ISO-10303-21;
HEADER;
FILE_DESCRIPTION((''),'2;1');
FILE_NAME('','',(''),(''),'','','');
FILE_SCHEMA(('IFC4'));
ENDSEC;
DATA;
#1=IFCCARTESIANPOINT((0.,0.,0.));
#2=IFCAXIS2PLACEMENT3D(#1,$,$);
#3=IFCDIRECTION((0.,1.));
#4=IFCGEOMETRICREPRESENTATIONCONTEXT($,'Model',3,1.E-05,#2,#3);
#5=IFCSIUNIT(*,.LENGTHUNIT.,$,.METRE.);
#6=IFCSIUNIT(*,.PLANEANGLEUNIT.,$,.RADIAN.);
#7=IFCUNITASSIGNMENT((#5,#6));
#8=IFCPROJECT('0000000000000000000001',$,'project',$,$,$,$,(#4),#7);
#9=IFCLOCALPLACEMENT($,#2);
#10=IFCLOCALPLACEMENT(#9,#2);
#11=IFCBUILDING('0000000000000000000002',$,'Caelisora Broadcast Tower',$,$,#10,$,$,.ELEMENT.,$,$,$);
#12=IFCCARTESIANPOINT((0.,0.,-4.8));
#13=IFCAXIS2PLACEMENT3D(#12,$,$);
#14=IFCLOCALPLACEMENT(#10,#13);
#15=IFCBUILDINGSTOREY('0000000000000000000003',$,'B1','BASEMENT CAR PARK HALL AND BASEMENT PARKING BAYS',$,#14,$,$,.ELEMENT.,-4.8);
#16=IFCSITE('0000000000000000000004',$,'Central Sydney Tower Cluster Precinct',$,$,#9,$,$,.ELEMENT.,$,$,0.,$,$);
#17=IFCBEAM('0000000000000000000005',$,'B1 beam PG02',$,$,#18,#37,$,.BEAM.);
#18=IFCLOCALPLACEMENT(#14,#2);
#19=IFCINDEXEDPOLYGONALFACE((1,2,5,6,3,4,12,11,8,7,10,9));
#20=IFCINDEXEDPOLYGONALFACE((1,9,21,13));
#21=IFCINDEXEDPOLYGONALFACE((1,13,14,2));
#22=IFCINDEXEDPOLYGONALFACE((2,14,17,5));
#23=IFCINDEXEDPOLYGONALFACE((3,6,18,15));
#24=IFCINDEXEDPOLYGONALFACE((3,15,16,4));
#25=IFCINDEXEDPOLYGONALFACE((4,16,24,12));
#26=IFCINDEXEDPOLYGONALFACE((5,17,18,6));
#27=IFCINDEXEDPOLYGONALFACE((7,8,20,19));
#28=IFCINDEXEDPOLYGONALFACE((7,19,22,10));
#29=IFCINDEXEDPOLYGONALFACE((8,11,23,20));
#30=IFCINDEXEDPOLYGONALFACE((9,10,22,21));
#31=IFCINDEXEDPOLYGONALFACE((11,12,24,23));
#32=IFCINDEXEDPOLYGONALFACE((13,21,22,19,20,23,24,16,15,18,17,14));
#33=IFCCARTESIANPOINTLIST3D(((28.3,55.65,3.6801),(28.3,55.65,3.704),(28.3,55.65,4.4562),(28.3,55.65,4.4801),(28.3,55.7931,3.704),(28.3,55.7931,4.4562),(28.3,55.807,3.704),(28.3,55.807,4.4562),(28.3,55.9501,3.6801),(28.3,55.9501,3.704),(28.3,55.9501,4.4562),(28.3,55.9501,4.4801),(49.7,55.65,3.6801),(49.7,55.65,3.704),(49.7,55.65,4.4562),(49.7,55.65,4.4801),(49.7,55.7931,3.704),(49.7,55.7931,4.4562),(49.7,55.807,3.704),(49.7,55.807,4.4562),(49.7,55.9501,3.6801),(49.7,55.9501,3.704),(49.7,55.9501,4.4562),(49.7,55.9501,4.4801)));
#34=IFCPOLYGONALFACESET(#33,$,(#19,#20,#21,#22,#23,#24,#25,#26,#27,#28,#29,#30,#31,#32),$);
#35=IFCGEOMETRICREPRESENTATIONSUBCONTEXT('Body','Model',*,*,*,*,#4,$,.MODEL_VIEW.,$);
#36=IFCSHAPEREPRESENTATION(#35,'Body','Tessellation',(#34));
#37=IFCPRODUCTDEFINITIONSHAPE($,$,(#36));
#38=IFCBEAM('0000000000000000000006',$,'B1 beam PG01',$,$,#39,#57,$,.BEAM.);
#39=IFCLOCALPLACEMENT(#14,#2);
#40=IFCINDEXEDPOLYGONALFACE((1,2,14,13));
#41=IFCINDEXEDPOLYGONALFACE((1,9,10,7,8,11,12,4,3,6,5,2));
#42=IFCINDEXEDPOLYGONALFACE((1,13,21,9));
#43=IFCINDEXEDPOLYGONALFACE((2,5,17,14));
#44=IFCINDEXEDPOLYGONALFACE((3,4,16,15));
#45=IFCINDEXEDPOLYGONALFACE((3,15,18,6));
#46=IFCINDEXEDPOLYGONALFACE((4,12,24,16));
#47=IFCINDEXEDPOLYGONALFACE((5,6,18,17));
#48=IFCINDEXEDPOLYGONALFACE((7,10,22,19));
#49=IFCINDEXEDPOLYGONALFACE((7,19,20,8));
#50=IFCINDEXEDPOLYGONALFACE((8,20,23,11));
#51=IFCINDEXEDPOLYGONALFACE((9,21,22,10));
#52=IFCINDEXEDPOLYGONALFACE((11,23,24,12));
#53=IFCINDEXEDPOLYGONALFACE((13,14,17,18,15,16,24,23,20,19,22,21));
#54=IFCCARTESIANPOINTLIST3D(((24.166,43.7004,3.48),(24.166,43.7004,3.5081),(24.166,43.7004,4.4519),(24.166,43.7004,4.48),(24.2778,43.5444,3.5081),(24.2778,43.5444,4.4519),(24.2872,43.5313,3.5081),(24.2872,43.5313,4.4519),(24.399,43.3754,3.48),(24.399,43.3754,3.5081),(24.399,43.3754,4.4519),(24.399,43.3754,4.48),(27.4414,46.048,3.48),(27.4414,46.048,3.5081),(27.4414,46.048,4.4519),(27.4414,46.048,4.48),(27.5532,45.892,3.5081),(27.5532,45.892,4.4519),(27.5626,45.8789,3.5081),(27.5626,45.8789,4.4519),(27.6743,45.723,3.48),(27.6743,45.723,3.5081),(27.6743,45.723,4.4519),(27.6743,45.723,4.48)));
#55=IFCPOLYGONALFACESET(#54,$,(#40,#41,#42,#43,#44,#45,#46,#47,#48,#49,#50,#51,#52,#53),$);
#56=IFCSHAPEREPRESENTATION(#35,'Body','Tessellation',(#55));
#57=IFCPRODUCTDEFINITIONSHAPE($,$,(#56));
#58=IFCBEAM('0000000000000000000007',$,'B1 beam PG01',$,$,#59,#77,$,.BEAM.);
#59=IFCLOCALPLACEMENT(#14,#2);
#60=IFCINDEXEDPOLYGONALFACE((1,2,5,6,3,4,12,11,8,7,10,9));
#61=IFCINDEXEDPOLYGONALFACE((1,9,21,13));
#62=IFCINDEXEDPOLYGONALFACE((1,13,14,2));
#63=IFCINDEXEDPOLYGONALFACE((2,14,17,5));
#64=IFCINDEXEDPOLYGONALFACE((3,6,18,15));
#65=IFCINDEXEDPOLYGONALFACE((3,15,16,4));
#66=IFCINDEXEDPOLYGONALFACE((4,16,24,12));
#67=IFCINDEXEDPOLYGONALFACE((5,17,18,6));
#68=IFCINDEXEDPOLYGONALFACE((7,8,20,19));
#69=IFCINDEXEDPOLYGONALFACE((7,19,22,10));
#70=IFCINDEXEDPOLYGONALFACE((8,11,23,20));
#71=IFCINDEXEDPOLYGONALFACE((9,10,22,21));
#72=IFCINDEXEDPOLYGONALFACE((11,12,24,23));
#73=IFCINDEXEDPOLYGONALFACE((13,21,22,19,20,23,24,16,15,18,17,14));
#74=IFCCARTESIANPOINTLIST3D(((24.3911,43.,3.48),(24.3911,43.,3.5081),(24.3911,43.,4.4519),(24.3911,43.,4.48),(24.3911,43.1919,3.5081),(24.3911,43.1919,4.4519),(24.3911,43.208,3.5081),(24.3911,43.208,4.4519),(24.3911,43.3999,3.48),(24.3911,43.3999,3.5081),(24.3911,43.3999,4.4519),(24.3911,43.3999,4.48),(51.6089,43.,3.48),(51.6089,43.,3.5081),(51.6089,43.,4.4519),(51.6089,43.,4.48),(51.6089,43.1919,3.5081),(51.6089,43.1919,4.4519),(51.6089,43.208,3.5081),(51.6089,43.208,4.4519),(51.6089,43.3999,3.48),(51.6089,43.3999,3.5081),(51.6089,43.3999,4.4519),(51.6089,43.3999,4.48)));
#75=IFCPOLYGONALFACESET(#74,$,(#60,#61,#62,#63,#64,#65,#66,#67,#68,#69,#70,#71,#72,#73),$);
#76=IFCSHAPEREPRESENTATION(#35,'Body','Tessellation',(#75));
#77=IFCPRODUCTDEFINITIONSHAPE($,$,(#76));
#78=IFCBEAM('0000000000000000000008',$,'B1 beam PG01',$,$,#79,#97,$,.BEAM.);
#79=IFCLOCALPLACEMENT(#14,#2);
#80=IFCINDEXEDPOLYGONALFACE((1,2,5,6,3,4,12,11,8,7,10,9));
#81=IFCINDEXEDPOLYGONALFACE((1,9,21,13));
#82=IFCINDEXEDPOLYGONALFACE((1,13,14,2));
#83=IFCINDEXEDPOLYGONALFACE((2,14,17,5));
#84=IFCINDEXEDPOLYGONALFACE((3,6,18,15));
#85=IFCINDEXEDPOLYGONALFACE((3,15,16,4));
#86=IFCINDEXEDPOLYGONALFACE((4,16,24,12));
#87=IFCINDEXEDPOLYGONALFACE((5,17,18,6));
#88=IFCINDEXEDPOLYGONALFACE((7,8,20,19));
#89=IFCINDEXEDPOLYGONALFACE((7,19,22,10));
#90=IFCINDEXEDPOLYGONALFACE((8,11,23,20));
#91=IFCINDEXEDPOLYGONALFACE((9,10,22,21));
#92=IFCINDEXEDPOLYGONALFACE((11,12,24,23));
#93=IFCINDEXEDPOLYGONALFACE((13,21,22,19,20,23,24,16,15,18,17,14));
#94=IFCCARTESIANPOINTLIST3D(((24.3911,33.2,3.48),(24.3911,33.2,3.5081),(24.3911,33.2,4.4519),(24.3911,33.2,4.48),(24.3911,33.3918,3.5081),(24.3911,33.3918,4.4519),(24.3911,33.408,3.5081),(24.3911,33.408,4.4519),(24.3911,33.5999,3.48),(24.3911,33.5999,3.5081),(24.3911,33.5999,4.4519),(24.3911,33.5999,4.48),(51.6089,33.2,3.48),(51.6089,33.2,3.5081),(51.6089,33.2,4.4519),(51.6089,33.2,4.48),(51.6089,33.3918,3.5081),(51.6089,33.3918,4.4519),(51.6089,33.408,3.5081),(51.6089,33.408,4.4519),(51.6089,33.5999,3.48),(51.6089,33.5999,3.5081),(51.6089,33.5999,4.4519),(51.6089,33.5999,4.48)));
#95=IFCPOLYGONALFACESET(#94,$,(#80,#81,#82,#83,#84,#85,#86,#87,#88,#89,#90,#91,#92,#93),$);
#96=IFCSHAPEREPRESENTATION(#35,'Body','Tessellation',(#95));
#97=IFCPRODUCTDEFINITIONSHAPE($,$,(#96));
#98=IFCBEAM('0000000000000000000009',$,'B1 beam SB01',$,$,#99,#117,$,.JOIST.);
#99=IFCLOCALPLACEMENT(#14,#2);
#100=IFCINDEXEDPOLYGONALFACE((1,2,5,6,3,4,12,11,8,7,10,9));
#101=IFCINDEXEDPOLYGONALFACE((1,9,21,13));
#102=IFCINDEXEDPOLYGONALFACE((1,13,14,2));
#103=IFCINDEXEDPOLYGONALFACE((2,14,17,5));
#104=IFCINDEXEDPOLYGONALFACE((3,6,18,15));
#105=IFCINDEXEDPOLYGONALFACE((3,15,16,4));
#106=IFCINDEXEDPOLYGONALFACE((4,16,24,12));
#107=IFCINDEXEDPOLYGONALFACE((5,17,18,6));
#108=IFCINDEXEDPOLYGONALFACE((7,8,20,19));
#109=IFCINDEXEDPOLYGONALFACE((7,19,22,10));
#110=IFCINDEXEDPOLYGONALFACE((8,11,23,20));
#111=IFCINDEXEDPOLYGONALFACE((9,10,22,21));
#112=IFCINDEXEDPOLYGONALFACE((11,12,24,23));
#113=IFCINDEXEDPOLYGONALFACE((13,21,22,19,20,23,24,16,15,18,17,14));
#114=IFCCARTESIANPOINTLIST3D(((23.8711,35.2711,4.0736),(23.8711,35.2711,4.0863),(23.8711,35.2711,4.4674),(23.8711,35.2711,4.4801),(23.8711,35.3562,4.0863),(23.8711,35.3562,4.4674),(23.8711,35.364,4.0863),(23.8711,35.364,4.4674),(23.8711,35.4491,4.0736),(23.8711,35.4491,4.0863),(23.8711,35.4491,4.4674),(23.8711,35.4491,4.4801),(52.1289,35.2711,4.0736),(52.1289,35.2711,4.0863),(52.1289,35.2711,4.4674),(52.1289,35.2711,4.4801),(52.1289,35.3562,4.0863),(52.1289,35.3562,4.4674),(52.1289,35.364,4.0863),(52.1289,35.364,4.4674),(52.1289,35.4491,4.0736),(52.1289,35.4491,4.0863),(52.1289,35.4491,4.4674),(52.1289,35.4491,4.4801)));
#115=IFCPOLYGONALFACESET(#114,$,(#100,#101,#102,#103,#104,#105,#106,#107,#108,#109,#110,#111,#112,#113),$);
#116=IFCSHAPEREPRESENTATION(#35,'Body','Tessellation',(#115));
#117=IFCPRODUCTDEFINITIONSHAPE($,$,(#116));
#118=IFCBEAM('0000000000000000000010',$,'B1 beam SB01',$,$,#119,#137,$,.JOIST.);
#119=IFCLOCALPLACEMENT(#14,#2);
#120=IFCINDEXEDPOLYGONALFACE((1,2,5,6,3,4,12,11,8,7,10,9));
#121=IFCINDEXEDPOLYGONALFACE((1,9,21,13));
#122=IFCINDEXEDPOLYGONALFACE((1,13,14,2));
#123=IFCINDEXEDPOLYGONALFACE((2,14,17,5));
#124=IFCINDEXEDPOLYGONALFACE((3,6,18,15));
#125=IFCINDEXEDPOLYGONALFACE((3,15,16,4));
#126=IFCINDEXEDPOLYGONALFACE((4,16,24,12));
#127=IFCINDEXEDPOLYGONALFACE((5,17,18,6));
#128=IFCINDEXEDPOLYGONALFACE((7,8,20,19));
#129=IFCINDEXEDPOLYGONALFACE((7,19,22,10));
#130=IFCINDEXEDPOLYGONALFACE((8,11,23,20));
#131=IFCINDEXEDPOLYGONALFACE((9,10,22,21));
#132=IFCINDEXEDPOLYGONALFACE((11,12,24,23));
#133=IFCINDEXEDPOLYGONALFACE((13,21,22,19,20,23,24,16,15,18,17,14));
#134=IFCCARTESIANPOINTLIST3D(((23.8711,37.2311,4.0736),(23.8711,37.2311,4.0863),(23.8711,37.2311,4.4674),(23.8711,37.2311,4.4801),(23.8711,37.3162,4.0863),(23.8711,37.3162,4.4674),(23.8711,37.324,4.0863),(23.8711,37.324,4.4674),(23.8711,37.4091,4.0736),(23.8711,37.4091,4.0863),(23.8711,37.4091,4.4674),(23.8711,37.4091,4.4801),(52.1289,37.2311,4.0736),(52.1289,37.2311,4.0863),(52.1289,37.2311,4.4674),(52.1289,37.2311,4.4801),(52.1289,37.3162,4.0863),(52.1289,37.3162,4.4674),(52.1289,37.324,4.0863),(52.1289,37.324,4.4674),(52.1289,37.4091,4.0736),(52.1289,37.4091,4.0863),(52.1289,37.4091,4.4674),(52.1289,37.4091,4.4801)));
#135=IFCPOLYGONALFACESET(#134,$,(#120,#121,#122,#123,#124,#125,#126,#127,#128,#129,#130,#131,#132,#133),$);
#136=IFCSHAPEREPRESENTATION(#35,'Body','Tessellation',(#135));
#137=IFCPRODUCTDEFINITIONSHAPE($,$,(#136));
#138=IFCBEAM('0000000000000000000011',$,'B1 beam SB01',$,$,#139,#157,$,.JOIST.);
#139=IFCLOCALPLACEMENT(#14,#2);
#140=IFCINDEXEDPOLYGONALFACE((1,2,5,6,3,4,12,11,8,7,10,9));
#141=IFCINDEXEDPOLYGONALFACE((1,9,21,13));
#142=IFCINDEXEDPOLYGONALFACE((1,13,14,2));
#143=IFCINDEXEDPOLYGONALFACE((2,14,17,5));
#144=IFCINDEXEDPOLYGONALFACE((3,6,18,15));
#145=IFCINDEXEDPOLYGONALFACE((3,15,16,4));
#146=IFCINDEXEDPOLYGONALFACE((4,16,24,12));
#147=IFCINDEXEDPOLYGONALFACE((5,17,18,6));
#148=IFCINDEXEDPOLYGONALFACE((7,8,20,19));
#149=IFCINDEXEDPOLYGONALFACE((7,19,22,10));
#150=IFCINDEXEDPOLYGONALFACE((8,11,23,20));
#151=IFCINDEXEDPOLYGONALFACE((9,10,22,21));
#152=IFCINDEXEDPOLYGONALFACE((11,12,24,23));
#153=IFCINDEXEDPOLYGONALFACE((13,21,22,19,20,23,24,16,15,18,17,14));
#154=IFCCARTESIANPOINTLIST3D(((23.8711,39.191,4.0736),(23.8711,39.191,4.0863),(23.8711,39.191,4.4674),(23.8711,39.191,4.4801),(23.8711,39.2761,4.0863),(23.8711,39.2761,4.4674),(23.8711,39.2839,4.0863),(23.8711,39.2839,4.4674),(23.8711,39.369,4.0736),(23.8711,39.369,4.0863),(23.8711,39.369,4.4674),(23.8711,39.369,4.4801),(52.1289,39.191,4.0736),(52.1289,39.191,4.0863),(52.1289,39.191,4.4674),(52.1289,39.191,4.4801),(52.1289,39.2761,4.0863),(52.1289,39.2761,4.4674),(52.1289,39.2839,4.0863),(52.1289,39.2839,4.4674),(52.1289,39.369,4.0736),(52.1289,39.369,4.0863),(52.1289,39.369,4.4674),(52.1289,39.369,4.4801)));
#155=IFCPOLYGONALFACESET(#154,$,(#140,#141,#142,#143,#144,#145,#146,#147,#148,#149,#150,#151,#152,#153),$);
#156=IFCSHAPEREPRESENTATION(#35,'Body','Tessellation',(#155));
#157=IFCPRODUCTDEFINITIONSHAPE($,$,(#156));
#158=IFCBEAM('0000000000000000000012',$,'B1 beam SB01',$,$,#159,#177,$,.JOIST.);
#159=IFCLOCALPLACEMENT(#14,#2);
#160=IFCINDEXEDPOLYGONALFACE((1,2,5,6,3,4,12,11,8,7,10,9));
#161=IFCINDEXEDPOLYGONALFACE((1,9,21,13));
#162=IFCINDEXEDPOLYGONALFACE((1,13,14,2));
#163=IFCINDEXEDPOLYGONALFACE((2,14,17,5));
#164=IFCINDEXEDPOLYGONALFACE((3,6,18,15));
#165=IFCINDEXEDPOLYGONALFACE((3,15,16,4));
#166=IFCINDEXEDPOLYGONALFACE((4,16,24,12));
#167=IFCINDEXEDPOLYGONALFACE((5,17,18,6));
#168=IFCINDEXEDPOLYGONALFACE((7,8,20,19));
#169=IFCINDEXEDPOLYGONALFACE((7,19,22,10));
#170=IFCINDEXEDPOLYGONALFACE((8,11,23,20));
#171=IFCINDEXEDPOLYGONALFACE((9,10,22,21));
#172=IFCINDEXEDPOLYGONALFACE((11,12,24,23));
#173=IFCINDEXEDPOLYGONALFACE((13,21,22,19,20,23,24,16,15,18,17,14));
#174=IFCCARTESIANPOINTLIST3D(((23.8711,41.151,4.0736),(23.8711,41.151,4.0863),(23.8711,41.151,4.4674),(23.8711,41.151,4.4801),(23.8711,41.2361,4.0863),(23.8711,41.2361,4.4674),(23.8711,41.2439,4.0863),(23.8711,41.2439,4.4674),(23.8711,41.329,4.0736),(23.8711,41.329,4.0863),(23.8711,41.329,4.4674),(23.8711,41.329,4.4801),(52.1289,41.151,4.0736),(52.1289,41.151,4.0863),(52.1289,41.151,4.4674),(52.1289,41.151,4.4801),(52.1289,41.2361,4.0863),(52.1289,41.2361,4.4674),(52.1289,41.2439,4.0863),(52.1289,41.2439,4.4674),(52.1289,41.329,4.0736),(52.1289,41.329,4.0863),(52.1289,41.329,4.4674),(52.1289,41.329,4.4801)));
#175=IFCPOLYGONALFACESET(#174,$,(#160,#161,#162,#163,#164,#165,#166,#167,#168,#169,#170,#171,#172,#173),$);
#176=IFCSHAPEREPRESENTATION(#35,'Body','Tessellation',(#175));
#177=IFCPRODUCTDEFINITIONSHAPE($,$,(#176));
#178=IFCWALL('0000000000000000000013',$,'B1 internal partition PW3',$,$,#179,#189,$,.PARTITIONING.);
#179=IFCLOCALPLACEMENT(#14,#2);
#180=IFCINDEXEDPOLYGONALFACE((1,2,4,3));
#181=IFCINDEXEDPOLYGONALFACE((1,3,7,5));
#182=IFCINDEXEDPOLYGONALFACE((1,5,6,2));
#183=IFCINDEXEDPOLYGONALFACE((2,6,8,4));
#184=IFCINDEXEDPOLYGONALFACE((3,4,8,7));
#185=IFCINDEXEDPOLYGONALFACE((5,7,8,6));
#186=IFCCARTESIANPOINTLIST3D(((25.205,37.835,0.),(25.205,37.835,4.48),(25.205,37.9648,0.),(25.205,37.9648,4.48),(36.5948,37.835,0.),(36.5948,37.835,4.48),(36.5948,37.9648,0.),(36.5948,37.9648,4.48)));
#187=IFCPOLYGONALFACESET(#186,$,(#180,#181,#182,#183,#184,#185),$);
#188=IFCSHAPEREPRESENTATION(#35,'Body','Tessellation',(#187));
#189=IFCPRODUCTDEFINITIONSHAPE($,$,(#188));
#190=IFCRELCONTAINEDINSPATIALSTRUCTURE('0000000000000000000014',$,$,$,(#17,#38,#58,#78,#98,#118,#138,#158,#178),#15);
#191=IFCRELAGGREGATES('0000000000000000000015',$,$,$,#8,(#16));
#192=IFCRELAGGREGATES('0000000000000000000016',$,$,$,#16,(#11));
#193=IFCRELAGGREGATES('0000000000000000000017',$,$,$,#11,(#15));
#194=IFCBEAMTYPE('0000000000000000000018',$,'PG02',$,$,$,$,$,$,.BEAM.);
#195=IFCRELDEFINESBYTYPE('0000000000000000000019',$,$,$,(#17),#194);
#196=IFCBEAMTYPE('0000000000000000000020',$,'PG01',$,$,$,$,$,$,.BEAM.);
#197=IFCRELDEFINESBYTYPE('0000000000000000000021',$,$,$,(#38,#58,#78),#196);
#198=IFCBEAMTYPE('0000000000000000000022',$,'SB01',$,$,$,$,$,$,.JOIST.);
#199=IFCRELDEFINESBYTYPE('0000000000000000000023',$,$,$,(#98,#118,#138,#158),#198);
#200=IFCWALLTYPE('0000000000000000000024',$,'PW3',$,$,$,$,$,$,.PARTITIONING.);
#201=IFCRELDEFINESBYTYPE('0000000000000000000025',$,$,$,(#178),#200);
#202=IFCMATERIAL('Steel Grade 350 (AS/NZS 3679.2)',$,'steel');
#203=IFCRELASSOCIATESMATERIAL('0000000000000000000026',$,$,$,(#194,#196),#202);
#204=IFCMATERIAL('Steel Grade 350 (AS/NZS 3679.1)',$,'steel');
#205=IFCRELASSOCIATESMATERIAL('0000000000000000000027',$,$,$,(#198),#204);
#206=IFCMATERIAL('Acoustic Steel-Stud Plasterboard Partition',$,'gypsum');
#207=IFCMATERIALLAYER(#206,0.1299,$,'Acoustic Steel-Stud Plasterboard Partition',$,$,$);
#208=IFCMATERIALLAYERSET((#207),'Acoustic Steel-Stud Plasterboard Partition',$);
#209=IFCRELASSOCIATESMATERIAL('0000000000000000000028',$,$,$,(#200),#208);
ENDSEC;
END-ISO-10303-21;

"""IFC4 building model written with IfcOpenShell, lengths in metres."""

from ifc_helpers import new_model, si_unit, direction, frame, frame_2d, origin, origin_2d, place, context, subcontext, project, spatial, rectangle, i_section, extrude, source, transform, mapped, material, layer, layer_set, material_profile, profile_set, type_object, type_shapes, element, save


model = new_model("IFC4")

# Units and contexts
model_context = context("Model", 3, precision=1e-05, world=origin(), true_north=direction((0.0, 1.0)))
body_context = subcontext(model_context, "Body", "Model", "MODEL_VIEW")
ifc_project = project(units=[si_unit("LENGTHUNIT", "METRE"), si_unit("PLANEANGLEUNIT", "RADIAN")], contexts=[model_context])

# Site, building, storey
site_placement = place(None, origin())
site = spatial("IfcSite", under=ifc_project, at=site_placement, Name="Central Sydney Tower Cluster Precinct", CompositionType="ELEMENT", RefElevation=0.0)
building_placement = place(site_placement, origin())
building = spatial("IfcBuilding", under=site, at=building_placement, Name="Caelisora Broadcast Tower", CompositionType="ELEMENT")
storey_placement = place(building_placement, frame((0.0, 0.0, -4.8)))
storey = spatial("IfcBuildingStorey", under=building, at=storey_placement, Name="B1", Description="BASEMENT CAR PARK HALL AND BASEMENT PARKING BAYS", CompositionType="ELEMENT", Elevation=-4.8)

# Beams
ifc_material_1 = material(Name="Steel Grade 350 (AS/NZS 3679.2)", Category="steel")
ifc_material_profile_1 = material_profile(ifc_material_1, i_section(OverallWidth=0.3, OverallDepth=0.8, WebThickness=0.0139, FlangeThickness=0.0239, at=origin_2d()), Name="Steel Grade 350 (AS/NZS 3679.2)")
ifc_profile_set_1 = profile_set([ifc_material_profile_1], Name="Steel Grade 350 (AS/NZS 3679.2)")
beam_type_1 = type_object("IfcBeamType", Name="PG02", PredefinedType="BEAM", material=ifc_profile_set_1)
shared_shape_1 = source(origin(), body_context, "Body", "SweptSolid", [
    extrude(i_section(OverallWidth=0.3, OverallDepth=0.8, WebThickness=0.0139, FlangeThickness=0.0239, at=origin_2d()), origin(), (0.0, 0.0, 1.0), 21.3999),
])
type_shapes(beam_type_1, [shared_shape_1])
beam_1_placement = place(storey_placement, frame((28.3, 55.8, 4.0801), z_axis=(1.0, 0.0, 0.0), x_axis=(0.0, 1.0, 0.0)))
element("IfcBeam", 1, at=beam_1_placement, inside=storey, type_object=beam_type_1, Name="B1 beam PG02", PredefinedType="BEAM", context=body_context, shape_type="MappedRepresentation", body=[
    mapped(shared_shape_1, transform((0.0, 0.0, 0.0), scale=1.0)),
])
ifc_material_profile_2 = material_profile(ifc_material_1, i_section(OverallWidth=0.3999, OverallDepth=1.0, WebThickness=0.0161, FlangeThickness=0.0281, at=origin_2d()), Name="Steel Grade 350 (AS/NZS 3679.2)")
ifc_profile_set_2 = profile_set([ifc_material_profile_2], Name="Steel Grade 350 (AS/NZS 3679.2)")
beam_type_2 = type_object("IfcBeamType", Name="PG01", PredefinedType="BEAM", material=ifc_profile_set_2)
shared_shape_2 = source(origin(), body_context, "Body", "SweptSolid", [
    extrude(i_section(OverallWidth=0.3999, OverallDepth=1.0, WebThickness=0.0161, FlangeThickness=0.0281, at=origin_2d()), origin(), (0.0, 0.0, 1.0), 4.0298),
])
beam_2_placement = place(storey_placement, frame((27.5579, 45.8855, 3.98), z_axis=(-0.812783, -0.582567, 0.0), x_axis=(0.582567, -0.812783, 0.0)))
element("IfcBeam", 2, at=beam_2_placement, inside=storey, type_object=beam_type_2, Name="B1 beam PG01", PredefinedType="BEAM", context=body_context, shape_type="MappedRepresentation", body=[
    mapped(shared_shape_2, transform((0.0, 0.0, 0.0), scale=1.0)),
])
shared_shape_3 = source(origin(), body_context, "Body", "SweptSolid", [
    extrude(i_section(OverallWidth=0.3999, OverallDepth=1.0, WebThickness=0.0161, FlangeThickness=0.0281, at=origin_2d()), origin(), (0.0, 0.0, 1.0), 27.2178),
])
type_shapes(beam_type_2, [shared_shape_2, shared_shape_3])
for number, where, z_axis, x_axis, name in (
    (3, (24.3911, 43.2, 3.98), (1.0, 0.0, 0.0), (0.0, 1.0, 0.0), "B1 beam PG01"),
    (4, (24.3911, 33.3999, 3.98), (1.0, 0.0, 0.0), (0.0, 1.0, 0.0), "B1 beam PG01"),
):
    element("IfcBeam", number, at=place(storey_placement, frame(where, z_axis=z_axis, x_axis=x_axis)), inside=storey, type_object=beam_type_2, Name=name, PredefinedType="BEAM", context=body_context, shape_type="MappedRepresentation", body=[
        mapped(shared_shape_3, transform((0.0, 0.0, 0.0), scale=1.0)),
    ])
ifc_material_2 = material(Name="Steel Grade 350 (AS/NZS 3679.1)", Category="steel")
ifc_material_profile_3 = material_profile(ifc_material_2, i_section(OverallWidth=0.178, OverallDepth=0.4065, WebThickness=0.0078, FlangeThickness=0.0127, at=origin_2d()), Name="Steel Grade 350 (AS/NZS 3679.1)")
ifc_profile_set_3 = profile_set([ifc_material_profile_3], Name="Steel Grade 350 (AS/NZS 3679.1)")
beam_type_3 = type_object("IfcBeamType", Name="SB01", PredefinedType="JOIST", material=ifc_profile_set_3)
shared_shape_4 = source(origin(), body_context, "Body", "SweptSolid", [
    extrude(i_section(OverallWidth=0.178, OverallDepth=0.4065, WebThickness=0.0078, FlangeThickness=0.0127, at=origin_2d()), origin(), (0.0, 0.0, 1.0), 28.2578),
])
type_shapes(beam_type_3, [shared_shape_4])
for number, where, z_axis, x_axis, name in (
    (5, (23.8711, 35.3601, 4.2769), (1.0, 0.0, 0.0), (0.0, 1.0, 0.0), "B1 beam SB01"),
    (6, (23.8711, 37.3201, 4.2769), (1.0, 0.0, 0.0), (0.0, 1.0, 0.0), "B1 beam SB01"),
    (7, (23.8711, 39.28, 4.2769), (1.0, 0.0, 0.0), (0.0, 1.0, 0.0), "B1 beam SB01"),
    (8, (23.8711, 41.24, 4.2769), (1.0, 0.0, 0.0), (0.0, 1.0, 0.0), "B1 beam SB01"),
):
    element("IfcBeam", number, at=place(storey_placement, frame(where, z_axis=z_axis, x_axis=x_axis)), inside=storey, type_object=beam_type_3, Name=name, PredefinedType="JOIST", context=body_context, shape_type="MappedRepresentation", body=[
        mapped(shared_shape_4, transform((0.0, 0.0, 0.0), scale=1.0)),
    ])

# Wall
ifc_material_3 = material(Name="Acoustic Steel-Stud Plasterboard Partition", Category="gypsum")
ifc_layer = layer(ifc_material_3, 0.1299, Name="Acoustic Steel-Stud Plasterboard Partition")
ifc_layer_set = layer_set([ifc_layer], Name="Acoustic Steel-Stud Plasterboard Partition")
wall_type = type_object("IfcWallType", Name="PW3", PredefinedType="PARTITIONING", material=ifc_layer_set)
wall_1_placement = place(storey_placement, frame((25.2051, 37.8999, 0.0), z_axis=(0.0, 0.0, 1.0), x_axis=(1.0, 0.0, 0.0)))
element("IfcWall", 9, at=wall_1_placement, inside=storey, type_object=wall_type, Name="B1 internal partition PW3", PredefinedType="PARTITIONING", context=body_context, shape_type="SweptSolid", body=[
    extrude(rectangle(XDim=11.3899, YDim=0.1299, at=frame_2d((5.6948, 0.0))), origin(), (0.0, 0.0, 1.0), 4.48),
])

save(model, "model.ifc")
